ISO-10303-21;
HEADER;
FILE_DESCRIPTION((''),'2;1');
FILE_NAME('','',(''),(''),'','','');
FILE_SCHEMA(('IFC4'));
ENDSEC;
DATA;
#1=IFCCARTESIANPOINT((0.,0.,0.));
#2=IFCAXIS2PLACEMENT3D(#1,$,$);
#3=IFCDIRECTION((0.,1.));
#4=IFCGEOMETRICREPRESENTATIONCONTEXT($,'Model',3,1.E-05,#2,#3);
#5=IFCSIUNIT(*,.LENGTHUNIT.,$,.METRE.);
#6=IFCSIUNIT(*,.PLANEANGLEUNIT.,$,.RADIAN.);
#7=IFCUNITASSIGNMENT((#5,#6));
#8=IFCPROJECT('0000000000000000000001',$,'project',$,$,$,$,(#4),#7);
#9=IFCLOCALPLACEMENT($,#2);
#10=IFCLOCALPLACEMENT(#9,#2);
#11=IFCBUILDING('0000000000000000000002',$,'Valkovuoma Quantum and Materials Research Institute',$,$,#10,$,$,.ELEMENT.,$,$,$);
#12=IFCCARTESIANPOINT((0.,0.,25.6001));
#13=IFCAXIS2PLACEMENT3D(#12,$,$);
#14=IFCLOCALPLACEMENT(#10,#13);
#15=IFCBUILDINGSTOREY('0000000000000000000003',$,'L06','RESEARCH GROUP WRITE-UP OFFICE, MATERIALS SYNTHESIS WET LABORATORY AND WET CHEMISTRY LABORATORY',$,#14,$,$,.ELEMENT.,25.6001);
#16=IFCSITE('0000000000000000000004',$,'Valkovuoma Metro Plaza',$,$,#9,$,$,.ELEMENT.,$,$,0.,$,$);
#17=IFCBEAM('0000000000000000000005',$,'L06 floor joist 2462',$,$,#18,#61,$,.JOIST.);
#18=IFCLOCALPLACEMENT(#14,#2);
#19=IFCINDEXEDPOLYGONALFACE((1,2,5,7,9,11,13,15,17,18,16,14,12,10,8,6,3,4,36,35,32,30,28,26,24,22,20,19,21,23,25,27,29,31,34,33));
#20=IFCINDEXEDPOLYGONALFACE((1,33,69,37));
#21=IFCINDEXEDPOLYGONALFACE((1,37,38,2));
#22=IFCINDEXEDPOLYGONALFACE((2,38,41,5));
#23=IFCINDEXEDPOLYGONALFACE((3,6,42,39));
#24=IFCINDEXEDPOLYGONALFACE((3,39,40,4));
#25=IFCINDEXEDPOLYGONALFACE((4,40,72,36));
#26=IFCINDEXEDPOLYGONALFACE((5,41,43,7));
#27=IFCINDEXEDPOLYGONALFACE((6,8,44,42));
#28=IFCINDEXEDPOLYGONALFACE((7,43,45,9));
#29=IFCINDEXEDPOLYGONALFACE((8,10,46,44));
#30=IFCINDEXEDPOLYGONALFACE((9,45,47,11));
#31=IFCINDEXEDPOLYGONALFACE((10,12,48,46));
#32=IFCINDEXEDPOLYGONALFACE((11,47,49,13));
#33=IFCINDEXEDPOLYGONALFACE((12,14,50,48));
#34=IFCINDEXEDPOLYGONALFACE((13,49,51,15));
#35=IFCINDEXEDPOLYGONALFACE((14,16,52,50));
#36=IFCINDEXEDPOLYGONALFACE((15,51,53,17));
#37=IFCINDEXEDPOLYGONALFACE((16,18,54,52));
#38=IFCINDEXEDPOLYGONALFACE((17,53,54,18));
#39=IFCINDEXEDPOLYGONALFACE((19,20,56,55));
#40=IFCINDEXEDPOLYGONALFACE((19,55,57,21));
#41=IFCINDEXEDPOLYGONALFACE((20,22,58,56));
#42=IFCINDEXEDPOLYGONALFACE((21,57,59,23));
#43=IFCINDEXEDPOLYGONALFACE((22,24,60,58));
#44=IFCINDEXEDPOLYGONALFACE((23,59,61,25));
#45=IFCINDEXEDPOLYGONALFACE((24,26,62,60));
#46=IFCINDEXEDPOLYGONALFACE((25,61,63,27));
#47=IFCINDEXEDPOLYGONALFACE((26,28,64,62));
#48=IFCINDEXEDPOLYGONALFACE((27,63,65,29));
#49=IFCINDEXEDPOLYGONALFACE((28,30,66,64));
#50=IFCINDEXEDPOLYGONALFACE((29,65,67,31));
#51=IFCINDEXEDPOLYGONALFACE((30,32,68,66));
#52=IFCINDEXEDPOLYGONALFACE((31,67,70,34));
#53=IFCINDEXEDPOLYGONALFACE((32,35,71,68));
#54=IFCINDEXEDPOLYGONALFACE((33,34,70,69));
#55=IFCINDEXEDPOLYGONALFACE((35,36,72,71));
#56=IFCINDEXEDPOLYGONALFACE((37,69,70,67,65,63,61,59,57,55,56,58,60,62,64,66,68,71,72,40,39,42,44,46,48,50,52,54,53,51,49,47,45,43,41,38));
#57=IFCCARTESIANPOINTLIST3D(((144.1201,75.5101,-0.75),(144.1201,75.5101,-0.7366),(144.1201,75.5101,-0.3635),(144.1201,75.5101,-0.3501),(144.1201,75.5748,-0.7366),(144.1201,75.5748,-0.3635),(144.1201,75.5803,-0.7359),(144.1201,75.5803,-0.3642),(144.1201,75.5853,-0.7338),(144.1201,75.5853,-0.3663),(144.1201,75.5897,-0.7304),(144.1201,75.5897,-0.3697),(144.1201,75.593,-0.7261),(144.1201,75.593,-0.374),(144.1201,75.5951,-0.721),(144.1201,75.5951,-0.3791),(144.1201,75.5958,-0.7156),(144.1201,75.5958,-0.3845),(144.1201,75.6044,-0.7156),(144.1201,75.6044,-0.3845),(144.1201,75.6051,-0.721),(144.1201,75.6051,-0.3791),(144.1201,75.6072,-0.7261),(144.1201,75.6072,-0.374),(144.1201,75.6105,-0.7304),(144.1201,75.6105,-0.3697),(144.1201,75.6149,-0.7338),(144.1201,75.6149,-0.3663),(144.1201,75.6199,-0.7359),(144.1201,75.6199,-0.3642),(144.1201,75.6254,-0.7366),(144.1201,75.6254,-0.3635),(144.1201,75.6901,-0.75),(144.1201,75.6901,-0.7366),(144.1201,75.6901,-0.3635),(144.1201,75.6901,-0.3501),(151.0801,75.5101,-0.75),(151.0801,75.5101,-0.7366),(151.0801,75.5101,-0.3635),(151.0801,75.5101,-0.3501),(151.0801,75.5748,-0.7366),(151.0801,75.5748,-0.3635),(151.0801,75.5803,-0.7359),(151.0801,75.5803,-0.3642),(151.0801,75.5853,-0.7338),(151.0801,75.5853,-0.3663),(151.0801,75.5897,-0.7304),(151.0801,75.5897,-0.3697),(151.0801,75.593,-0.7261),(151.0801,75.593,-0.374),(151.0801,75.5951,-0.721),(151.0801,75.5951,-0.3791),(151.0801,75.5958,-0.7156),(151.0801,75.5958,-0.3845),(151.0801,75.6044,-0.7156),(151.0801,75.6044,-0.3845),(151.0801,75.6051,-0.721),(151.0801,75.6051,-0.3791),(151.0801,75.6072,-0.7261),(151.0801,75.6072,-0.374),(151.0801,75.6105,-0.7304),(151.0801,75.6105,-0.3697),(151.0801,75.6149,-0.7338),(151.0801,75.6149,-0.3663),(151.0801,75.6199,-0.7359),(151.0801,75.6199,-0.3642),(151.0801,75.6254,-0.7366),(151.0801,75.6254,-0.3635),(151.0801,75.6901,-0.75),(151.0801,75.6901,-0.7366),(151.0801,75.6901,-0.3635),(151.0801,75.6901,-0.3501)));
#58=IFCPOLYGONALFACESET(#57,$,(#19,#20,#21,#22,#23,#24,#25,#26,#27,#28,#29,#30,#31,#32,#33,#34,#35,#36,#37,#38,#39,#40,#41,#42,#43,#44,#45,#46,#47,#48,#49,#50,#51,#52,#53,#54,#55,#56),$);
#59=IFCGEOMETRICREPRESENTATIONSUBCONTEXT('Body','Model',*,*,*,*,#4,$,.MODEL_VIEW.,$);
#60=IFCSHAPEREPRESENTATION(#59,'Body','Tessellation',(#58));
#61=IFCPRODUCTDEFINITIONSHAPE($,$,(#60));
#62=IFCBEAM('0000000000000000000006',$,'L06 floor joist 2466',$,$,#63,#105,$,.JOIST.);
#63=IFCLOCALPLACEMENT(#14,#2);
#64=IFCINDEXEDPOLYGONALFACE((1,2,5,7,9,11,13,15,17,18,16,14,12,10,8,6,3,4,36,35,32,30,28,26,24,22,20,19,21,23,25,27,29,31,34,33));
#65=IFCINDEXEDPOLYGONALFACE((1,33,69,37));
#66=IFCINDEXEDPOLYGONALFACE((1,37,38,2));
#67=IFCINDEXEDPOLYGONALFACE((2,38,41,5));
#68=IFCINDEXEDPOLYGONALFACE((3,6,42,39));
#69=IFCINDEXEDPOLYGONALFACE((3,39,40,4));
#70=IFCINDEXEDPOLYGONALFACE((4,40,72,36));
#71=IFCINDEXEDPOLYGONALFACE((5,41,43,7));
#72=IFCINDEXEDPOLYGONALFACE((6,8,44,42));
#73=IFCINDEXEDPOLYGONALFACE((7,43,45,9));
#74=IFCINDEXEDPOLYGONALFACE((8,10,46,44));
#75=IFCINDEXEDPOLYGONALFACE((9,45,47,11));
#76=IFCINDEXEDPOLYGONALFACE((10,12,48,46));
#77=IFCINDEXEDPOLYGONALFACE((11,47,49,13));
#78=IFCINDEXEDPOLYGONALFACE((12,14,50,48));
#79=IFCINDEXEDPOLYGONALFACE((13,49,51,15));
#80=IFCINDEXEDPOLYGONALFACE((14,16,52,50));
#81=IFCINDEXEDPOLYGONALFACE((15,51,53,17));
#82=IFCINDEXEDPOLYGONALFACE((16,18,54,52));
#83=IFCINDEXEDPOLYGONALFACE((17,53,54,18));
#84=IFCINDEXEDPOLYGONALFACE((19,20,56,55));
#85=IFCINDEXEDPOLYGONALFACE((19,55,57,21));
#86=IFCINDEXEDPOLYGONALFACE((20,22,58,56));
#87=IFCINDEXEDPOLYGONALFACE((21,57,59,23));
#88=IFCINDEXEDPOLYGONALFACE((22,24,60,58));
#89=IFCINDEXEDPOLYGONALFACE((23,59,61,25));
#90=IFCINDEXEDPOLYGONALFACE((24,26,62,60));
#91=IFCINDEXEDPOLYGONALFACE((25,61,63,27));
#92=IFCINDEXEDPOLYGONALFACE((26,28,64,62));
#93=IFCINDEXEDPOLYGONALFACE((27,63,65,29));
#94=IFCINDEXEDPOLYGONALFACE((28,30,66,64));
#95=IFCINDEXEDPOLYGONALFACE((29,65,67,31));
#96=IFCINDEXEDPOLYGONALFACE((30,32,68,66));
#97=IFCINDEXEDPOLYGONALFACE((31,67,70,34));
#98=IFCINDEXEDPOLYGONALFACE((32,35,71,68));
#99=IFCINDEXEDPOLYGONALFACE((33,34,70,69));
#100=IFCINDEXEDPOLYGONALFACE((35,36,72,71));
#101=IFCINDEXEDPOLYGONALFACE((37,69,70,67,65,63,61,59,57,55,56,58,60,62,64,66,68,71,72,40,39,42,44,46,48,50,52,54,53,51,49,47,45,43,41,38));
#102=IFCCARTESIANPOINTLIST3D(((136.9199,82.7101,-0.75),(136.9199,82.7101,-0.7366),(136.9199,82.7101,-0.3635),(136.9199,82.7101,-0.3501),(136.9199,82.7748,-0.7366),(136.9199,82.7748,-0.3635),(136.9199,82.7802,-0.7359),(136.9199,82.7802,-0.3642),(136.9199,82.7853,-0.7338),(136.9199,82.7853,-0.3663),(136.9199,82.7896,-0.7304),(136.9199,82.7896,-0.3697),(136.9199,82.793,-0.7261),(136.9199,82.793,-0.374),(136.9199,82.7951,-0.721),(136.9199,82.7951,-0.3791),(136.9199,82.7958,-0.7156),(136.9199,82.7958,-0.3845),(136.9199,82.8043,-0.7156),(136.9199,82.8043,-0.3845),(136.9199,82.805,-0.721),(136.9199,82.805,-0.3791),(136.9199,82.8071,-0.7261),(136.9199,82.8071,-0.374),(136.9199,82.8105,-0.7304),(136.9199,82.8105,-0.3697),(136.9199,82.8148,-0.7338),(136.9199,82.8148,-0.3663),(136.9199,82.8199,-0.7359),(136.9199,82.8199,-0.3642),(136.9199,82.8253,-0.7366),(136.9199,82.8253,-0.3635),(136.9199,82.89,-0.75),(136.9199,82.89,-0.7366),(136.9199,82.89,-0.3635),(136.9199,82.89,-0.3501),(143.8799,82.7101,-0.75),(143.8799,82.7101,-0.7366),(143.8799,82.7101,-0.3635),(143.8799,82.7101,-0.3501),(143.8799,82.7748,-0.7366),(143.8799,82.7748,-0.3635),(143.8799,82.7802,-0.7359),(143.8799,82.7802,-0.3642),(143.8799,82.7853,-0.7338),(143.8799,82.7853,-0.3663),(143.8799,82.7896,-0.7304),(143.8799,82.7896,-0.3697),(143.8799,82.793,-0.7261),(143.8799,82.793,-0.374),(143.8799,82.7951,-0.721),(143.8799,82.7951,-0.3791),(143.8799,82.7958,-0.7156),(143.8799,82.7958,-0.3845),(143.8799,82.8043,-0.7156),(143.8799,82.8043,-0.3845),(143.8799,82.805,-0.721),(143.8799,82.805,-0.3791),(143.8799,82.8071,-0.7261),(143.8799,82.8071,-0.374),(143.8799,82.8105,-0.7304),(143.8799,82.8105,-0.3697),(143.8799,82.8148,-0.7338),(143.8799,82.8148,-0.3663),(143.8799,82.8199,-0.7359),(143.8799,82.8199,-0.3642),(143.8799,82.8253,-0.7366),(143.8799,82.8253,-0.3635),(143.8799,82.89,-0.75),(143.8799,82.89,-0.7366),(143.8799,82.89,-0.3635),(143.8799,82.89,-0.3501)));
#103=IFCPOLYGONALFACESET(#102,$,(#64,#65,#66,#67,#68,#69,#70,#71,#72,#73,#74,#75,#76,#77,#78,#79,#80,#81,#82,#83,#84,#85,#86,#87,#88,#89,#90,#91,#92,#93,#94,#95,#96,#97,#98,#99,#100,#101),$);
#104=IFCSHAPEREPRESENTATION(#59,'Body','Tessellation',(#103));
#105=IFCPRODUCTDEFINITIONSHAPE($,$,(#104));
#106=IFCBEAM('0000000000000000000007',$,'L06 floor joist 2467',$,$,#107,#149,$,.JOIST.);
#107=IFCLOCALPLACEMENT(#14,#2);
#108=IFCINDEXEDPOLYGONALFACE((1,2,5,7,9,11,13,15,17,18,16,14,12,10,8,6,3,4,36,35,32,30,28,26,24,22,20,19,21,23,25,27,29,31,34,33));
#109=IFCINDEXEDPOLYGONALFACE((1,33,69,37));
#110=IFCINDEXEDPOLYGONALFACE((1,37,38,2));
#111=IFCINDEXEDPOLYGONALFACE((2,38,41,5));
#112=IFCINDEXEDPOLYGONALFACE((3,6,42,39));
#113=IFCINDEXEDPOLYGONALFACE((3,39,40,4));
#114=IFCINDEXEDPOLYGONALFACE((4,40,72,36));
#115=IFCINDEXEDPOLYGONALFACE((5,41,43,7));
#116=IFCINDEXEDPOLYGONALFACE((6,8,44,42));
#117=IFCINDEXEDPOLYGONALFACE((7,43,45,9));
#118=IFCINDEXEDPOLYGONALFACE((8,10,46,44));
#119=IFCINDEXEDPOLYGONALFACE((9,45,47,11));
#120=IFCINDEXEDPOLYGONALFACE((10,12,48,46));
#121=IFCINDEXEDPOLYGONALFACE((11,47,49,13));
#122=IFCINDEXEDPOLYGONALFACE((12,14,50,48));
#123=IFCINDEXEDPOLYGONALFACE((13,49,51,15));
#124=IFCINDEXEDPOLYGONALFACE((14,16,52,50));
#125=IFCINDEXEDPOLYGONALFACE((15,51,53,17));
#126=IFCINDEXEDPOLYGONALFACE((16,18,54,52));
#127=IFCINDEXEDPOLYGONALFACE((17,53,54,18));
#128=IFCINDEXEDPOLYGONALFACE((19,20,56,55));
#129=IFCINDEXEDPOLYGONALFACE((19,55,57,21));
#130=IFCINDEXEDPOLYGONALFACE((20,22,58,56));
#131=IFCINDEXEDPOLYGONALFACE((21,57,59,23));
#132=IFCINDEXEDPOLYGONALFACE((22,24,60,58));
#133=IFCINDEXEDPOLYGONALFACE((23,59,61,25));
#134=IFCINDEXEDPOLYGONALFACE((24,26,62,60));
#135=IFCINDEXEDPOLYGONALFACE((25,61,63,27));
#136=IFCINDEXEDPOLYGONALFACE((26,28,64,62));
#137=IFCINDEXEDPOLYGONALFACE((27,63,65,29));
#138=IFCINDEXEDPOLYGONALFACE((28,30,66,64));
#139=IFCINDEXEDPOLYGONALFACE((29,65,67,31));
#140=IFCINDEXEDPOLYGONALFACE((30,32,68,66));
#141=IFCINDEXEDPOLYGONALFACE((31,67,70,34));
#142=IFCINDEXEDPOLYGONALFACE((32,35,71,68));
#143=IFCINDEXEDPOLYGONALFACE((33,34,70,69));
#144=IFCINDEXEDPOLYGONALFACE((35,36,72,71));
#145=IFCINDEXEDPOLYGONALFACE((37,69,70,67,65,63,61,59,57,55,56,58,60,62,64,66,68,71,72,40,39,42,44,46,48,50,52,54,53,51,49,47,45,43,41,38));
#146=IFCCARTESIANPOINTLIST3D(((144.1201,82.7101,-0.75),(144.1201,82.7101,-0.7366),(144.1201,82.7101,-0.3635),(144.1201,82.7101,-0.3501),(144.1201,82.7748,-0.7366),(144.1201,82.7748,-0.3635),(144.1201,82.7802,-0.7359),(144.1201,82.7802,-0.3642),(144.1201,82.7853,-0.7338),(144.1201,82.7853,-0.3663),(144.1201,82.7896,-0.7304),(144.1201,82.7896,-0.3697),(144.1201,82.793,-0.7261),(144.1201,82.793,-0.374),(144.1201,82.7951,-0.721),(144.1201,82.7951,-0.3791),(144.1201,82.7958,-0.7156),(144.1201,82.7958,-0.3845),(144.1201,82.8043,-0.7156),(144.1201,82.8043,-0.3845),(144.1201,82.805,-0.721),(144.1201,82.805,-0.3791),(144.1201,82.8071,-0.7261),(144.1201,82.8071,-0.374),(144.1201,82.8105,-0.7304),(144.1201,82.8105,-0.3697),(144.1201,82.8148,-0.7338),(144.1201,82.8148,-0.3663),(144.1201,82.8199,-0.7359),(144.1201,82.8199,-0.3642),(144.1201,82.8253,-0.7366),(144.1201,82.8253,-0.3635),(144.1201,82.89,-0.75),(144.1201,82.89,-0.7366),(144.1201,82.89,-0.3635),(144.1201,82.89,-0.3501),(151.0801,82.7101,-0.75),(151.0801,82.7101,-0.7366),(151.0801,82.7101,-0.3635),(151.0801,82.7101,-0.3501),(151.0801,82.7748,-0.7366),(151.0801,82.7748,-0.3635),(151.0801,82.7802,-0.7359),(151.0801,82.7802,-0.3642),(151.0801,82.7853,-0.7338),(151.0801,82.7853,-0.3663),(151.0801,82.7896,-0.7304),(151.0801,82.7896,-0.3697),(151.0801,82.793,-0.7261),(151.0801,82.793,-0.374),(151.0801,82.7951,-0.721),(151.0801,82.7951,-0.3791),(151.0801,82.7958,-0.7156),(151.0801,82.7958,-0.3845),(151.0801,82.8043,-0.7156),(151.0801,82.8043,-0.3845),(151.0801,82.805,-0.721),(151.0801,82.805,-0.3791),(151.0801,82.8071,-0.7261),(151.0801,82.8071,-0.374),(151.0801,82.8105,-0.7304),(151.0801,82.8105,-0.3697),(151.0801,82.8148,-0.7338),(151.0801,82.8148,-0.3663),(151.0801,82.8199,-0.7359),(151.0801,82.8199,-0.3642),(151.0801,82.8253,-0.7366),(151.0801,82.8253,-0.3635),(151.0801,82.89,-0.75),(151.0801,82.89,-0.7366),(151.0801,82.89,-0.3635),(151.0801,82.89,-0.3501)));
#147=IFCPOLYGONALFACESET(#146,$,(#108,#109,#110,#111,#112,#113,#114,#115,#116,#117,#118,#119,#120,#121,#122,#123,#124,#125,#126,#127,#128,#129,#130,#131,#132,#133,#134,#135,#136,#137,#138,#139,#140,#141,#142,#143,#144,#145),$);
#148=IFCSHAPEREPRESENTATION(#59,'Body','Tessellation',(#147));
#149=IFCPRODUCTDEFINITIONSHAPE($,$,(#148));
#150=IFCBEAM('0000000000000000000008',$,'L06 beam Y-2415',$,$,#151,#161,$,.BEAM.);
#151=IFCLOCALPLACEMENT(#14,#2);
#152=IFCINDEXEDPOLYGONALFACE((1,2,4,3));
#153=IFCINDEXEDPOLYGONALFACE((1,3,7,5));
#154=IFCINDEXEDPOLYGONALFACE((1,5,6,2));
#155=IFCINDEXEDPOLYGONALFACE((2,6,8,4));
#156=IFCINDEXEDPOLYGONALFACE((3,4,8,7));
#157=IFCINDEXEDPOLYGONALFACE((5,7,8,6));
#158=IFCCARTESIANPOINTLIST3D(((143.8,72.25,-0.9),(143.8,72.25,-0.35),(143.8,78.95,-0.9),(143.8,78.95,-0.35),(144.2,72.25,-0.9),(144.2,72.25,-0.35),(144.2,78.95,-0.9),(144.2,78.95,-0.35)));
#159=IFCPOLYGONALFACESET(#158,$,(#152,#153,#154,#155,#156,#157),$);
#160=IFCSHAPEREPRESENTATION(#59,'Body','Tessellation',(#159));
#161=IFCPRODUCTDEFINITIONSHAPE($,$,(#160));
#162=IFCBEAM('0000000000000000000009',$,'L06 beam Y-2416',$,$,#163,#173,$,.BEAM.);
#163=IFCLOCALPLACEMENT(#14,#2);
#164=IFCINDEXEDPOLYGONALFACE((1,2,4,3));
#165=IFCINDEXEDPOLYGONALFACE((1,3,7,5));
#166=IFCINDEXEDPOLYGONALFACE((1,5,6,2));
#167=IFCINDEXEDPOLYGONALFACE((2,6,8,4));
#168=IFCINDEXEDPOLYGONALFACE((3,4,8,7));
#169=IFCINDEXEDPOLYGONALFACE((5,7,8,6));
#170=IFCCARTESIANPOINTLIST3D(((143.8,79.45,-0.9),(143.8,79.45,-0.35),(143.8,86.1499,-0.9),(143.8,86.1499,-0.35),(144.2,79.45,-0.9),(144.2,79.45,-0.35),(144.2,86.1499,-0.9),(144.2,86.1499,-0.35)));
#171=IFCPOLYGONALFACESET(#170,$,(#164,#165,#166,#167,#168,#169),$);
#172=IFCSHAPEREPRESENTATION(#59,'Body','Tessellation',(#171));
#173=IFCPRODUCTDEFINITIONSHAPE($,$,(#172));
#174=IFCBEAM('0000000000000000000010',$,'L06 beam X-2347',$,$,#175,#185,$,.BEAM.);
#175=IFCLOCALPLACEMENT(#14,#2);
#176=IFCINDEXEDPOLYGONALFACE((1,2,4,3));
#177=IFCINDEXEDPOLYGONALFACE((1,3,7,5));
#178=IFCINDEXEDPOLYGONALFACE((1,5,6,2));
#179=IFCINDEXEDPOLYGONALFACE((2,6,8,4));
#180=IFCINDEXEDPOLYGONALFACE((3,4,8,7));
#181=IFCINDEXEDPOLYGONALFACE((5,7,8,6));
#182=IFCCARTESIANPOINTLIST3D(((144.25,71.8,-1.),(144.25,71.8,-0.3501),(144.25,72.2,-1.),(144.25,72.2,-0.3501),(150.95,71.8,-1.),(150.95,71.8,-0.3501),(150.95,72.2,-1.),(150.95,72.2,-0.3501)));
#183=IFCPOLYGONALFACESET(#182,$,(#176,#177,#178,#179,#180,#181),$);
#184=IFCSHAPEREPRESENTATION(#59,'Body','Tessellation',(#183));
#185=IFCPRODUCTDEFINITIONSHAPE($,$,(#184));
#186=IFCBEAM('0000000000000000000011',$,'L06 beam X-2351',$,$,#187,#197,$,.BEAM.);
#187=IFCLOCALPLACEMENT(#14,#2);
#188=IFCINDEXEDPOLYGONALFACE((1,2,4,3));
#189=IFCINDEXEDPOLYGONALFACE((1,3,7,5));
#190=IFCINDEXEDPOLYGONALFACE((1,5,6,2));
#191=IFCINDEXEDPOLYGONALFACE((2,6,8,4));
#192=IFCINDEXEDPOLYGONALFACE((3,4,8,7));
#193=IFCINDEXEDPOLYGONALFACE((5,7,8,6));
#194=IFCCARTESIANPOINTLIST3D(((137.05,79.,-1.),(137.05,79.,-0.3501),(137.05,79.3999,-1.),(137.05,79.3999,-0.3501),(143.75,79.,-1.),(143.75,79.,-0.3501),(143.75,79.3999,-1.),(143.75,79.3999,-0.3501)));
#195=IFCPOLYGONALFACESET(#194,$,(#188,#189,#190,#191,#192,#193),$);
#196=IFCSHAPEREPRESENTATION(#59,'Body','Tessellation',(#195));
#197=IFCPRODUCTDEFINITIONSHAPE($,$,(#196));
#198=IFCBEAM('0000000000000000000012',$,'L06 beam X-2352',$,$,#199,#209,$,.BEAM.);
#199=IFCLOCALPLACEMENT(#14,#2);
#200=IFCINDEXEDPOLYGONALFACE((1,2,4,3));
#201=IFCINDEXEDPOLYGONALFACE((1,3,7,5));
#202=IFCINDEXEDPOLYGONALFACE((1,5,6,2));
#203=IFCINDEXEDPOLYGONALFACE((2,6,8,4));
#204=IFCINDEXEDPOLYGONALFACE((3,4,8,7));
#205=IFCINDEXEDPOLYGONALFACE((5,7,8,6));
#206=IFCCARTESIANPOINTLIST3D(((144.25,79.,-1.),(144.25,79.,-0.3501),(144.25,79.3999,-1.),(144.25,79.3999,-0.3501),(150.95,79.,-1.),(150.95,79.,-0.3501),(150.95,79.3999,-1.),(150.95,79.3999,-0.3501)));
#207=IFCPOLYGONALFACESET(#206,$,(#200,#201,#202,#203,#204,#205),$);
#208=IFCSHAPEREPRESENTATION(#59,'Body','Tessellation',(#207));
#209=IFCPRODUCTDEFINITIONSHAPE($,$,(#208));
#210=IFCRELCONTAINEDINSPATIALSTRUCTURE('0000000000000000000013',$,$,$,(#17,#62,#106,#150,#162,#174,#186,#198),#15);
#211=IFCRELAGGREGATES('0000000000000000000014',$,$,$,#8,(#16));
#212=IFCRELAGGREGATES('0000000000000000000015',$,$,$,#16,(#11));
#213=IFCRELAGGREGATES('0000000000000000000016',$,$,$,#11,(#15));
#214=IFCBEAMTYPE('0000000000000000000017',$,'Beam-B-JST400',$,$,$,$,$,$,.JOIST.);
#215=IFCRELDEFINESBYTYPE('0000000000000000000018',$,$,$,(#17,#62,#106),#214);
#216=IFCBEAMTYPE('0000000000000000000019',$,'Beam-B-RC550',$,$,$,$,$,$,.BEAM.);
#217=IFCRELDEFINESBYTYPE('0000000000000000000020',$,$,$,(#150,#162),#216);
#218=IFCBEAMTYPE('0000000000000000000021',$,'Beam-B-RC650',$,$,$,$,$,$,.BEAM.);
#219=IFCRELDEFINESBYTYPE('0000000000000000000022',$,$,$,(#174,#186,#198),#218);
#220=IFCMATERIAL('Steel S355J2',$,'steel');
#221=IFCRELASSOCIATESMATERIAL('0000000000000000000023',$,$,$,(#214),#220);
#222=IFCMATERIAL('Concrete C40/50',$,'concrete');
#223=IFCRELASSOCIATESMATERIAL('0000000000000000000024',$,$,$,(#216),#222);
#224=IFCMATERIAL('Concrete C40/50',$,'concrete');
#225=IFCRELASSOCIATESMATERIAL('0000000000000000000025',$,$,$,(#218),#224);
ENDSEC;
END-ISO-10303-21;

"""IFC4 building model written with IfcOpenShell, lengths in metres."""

from ifc_helpers import new_model, si_unit, direction, frame, origin, origin_2d, place, context, subcontext, project, spatial, rectangle, i_section, extrude, material, material_profile, profile_set, type_object, element, save


model = new_model("IFC4")

# Units and contexts
model_context = context("Model", 3, precision=1e-05, world=origin(), true_north=direction((0.0, 1.0)))
body_context = subcontext(model_context, "Body", "Model", "MODEL_VIEW")
ifc_project = project(units=[si_unit("LENGTHUNIT", "METRE"), si_unit("PLANEANGLEUNIT", "RADIAN")], contexts=[model_context])

# Site, building, storey
site_placement = place(None, origin())
site = spatial("IfcSite", under=ifc_project, at=site_placement, Name="Valkovuoma Metro Plaza", CompositionType="ELEMENT", RefElevation=0.0)
building_placement = place(site_placement, origin())
building = spatial("IfcBuilding", under=site, at=building_placement, Name="Valkovuoma Quantum and Materials Research Institute", CompositionType="ELEMENT")
storey_placement = place(building_placement, frame((0.0, 0.0, 25.6001)))
storey = spatial("IfcBuildingStorey", under=building, at=storey_placement, Name="L06", Description="RESEARCH GROUP WRITE-UP OFFICE, MATERIALS SYNTHESIS WET LABORATORY AND WET CHEMISTRY LABORATORY", CompositionType="ELEMENT", Elevation=25.6001)

# Beams
ifc_material_1 = material(Name="Steel S355J2", Category="steel")
ifc_material_profile_1 = material_profile(ifc_material_1, i_section(OverallWidth=0.1799, OverallDepth=0.3999, WebThickness=0.0085, FlangeThickness=0.0134, FilletRadius=0.021, at=origin_2d()), Name="Steel S355J2")
ifc_profile_set_1 = profile_set([ifc_material_profile_1], Name="Steel S355J2")
beam_type_1 = type_object("IfcBeamType", Name="Beam-B-JST400", PredefinedType="JOIST", material=ifc_profile_set_1)
for number, where, z_axis, x_axis, name in (
    (1, (144.1201, 75.6001, -0.55), (1.0, 0.0, 0.0), (0.0, 1.0, 0.0), "L06 floor joist 2462"),
    (2, (136.9199, 82.8, -0.55), (1.0, 0.0, 0.0), (0.0, 1.0, 0.0), "L06 floor joist 2466"),
    (3, (144.1201, 82.8, -0.55), (1.0, 0.0, 0.0), (0.0, 1.0, 0.0), "L06 floor joist 2467"),
):
    element("IfcBeam", number, at=place(storey_placement, frame(where, z_axis=z_axis, x_axis=x_axis)), inside=storey, type_object=beam_type_1, Name=name, PredefinedType="JOIST", context=body_context, shape_type="SweptSolid", body=[
        extrude(i_section(OverallWidth=0.1799, OverallDepth=0.3999, WebThickness=0.0085, FlangeThickness=0.0134, FilletRadius=0.021, at=origin_2d()), origin(), (0.0, 0.0, 1.0), 6.96),
    ])
ifc_material_2 = material(Name="Concrete C40/50", Category="concrete")
ifc_material_profile_2 = material_profile(ifc_material_2, rectangle(XDim=0.3999, YDim=0.55, at=origin_2d()), Name="Concrete C40/50")
ifc_profile_set_2 = profile_set([ifc_material_profile_2], Name="Concrete C40/50")
beam_type_2 = type_object("IfcBeamType", Name="Beam-B-RC550", PredefinedType="BEAM", material=ifc_profile_set_2)
for number, where, z_axis, x_axis, name in (
    (4, (144.0, 72.25, -0.625), (0.0, 1.0, 0.0), (-1.0, 0.0, 0.0), "L06 beam Y-2415"),
    (5, (144.0, 79.45, -0.625), (0.0, 1.0, 0.0), (-1.0, 0.0, 0.0), "L06 beam Y-2416"),
):
    element("IfcBeam", number, at=place(storey_placement, frame(where, z_axis=z_axis, x_axis=x_axis)), inside=storey, type_object=beam_type_2, Name=name, PredefinedType="BEAM", context=body_context, shape_type="SweptSolid", body=[
        extrude(rectangle(XDim=0.3999, YDim=0.55, at=origin_2d()), origin(), (0.0, 0.0, 1.0), 6.7),
    ])
ifc_material_3 = material(Name="Concrete C40/50", Category="concrete")
ifc_material_profile_3 = material_profile(ifc_material_3, rectangle(XDim=0.3999, YDim=0.6499, at=origin_2d()), Name="Concrete C40/50")
ifc_profile_set_3 = profile_set([ifc_material_profile_3], Name="Concrete C40/50")
beam_type_3 = type_object("IfcBeamType", Name="Beam-B-RC650", PredefinedType="BEAM", material=ifc_profile_set_3)
for number, where, z_axis, x_axis, name in (
    (6, (144.25, 72.0, -0.675), (1.0, 0.0, 0.0), (0.0, 1.0, 0.0), "L06 beam X-2347"),
    (7, (137.05, 79.2, -0.675), (1.0, 0.0, 0.0), (0.0, 1.0, 0.0), "L06 beam X-2351"),
    (8, (144.25, 79.2, -0.675), (1.0, 0.0, 0.0), (0.0, 1.0, 0.0), "L06 beam X-2352"),
):
    element("IfcBeam", number, at=place(storey_placement, frame(where, z_axis=z_axis, x_axis=x_axis)), inside=storey, type_object=beam_type_3, Name=name, PredefinedType="BEAM", context=body_context, shape_type="SweptSolid", body=[
        extrude(rectangle(XDim=0.3999, YDim=0.6499, at=origin_2d()), origin(), (0.0, 0.0, 1.0), 6.7),
    ])

save(model, "model.ifc")
